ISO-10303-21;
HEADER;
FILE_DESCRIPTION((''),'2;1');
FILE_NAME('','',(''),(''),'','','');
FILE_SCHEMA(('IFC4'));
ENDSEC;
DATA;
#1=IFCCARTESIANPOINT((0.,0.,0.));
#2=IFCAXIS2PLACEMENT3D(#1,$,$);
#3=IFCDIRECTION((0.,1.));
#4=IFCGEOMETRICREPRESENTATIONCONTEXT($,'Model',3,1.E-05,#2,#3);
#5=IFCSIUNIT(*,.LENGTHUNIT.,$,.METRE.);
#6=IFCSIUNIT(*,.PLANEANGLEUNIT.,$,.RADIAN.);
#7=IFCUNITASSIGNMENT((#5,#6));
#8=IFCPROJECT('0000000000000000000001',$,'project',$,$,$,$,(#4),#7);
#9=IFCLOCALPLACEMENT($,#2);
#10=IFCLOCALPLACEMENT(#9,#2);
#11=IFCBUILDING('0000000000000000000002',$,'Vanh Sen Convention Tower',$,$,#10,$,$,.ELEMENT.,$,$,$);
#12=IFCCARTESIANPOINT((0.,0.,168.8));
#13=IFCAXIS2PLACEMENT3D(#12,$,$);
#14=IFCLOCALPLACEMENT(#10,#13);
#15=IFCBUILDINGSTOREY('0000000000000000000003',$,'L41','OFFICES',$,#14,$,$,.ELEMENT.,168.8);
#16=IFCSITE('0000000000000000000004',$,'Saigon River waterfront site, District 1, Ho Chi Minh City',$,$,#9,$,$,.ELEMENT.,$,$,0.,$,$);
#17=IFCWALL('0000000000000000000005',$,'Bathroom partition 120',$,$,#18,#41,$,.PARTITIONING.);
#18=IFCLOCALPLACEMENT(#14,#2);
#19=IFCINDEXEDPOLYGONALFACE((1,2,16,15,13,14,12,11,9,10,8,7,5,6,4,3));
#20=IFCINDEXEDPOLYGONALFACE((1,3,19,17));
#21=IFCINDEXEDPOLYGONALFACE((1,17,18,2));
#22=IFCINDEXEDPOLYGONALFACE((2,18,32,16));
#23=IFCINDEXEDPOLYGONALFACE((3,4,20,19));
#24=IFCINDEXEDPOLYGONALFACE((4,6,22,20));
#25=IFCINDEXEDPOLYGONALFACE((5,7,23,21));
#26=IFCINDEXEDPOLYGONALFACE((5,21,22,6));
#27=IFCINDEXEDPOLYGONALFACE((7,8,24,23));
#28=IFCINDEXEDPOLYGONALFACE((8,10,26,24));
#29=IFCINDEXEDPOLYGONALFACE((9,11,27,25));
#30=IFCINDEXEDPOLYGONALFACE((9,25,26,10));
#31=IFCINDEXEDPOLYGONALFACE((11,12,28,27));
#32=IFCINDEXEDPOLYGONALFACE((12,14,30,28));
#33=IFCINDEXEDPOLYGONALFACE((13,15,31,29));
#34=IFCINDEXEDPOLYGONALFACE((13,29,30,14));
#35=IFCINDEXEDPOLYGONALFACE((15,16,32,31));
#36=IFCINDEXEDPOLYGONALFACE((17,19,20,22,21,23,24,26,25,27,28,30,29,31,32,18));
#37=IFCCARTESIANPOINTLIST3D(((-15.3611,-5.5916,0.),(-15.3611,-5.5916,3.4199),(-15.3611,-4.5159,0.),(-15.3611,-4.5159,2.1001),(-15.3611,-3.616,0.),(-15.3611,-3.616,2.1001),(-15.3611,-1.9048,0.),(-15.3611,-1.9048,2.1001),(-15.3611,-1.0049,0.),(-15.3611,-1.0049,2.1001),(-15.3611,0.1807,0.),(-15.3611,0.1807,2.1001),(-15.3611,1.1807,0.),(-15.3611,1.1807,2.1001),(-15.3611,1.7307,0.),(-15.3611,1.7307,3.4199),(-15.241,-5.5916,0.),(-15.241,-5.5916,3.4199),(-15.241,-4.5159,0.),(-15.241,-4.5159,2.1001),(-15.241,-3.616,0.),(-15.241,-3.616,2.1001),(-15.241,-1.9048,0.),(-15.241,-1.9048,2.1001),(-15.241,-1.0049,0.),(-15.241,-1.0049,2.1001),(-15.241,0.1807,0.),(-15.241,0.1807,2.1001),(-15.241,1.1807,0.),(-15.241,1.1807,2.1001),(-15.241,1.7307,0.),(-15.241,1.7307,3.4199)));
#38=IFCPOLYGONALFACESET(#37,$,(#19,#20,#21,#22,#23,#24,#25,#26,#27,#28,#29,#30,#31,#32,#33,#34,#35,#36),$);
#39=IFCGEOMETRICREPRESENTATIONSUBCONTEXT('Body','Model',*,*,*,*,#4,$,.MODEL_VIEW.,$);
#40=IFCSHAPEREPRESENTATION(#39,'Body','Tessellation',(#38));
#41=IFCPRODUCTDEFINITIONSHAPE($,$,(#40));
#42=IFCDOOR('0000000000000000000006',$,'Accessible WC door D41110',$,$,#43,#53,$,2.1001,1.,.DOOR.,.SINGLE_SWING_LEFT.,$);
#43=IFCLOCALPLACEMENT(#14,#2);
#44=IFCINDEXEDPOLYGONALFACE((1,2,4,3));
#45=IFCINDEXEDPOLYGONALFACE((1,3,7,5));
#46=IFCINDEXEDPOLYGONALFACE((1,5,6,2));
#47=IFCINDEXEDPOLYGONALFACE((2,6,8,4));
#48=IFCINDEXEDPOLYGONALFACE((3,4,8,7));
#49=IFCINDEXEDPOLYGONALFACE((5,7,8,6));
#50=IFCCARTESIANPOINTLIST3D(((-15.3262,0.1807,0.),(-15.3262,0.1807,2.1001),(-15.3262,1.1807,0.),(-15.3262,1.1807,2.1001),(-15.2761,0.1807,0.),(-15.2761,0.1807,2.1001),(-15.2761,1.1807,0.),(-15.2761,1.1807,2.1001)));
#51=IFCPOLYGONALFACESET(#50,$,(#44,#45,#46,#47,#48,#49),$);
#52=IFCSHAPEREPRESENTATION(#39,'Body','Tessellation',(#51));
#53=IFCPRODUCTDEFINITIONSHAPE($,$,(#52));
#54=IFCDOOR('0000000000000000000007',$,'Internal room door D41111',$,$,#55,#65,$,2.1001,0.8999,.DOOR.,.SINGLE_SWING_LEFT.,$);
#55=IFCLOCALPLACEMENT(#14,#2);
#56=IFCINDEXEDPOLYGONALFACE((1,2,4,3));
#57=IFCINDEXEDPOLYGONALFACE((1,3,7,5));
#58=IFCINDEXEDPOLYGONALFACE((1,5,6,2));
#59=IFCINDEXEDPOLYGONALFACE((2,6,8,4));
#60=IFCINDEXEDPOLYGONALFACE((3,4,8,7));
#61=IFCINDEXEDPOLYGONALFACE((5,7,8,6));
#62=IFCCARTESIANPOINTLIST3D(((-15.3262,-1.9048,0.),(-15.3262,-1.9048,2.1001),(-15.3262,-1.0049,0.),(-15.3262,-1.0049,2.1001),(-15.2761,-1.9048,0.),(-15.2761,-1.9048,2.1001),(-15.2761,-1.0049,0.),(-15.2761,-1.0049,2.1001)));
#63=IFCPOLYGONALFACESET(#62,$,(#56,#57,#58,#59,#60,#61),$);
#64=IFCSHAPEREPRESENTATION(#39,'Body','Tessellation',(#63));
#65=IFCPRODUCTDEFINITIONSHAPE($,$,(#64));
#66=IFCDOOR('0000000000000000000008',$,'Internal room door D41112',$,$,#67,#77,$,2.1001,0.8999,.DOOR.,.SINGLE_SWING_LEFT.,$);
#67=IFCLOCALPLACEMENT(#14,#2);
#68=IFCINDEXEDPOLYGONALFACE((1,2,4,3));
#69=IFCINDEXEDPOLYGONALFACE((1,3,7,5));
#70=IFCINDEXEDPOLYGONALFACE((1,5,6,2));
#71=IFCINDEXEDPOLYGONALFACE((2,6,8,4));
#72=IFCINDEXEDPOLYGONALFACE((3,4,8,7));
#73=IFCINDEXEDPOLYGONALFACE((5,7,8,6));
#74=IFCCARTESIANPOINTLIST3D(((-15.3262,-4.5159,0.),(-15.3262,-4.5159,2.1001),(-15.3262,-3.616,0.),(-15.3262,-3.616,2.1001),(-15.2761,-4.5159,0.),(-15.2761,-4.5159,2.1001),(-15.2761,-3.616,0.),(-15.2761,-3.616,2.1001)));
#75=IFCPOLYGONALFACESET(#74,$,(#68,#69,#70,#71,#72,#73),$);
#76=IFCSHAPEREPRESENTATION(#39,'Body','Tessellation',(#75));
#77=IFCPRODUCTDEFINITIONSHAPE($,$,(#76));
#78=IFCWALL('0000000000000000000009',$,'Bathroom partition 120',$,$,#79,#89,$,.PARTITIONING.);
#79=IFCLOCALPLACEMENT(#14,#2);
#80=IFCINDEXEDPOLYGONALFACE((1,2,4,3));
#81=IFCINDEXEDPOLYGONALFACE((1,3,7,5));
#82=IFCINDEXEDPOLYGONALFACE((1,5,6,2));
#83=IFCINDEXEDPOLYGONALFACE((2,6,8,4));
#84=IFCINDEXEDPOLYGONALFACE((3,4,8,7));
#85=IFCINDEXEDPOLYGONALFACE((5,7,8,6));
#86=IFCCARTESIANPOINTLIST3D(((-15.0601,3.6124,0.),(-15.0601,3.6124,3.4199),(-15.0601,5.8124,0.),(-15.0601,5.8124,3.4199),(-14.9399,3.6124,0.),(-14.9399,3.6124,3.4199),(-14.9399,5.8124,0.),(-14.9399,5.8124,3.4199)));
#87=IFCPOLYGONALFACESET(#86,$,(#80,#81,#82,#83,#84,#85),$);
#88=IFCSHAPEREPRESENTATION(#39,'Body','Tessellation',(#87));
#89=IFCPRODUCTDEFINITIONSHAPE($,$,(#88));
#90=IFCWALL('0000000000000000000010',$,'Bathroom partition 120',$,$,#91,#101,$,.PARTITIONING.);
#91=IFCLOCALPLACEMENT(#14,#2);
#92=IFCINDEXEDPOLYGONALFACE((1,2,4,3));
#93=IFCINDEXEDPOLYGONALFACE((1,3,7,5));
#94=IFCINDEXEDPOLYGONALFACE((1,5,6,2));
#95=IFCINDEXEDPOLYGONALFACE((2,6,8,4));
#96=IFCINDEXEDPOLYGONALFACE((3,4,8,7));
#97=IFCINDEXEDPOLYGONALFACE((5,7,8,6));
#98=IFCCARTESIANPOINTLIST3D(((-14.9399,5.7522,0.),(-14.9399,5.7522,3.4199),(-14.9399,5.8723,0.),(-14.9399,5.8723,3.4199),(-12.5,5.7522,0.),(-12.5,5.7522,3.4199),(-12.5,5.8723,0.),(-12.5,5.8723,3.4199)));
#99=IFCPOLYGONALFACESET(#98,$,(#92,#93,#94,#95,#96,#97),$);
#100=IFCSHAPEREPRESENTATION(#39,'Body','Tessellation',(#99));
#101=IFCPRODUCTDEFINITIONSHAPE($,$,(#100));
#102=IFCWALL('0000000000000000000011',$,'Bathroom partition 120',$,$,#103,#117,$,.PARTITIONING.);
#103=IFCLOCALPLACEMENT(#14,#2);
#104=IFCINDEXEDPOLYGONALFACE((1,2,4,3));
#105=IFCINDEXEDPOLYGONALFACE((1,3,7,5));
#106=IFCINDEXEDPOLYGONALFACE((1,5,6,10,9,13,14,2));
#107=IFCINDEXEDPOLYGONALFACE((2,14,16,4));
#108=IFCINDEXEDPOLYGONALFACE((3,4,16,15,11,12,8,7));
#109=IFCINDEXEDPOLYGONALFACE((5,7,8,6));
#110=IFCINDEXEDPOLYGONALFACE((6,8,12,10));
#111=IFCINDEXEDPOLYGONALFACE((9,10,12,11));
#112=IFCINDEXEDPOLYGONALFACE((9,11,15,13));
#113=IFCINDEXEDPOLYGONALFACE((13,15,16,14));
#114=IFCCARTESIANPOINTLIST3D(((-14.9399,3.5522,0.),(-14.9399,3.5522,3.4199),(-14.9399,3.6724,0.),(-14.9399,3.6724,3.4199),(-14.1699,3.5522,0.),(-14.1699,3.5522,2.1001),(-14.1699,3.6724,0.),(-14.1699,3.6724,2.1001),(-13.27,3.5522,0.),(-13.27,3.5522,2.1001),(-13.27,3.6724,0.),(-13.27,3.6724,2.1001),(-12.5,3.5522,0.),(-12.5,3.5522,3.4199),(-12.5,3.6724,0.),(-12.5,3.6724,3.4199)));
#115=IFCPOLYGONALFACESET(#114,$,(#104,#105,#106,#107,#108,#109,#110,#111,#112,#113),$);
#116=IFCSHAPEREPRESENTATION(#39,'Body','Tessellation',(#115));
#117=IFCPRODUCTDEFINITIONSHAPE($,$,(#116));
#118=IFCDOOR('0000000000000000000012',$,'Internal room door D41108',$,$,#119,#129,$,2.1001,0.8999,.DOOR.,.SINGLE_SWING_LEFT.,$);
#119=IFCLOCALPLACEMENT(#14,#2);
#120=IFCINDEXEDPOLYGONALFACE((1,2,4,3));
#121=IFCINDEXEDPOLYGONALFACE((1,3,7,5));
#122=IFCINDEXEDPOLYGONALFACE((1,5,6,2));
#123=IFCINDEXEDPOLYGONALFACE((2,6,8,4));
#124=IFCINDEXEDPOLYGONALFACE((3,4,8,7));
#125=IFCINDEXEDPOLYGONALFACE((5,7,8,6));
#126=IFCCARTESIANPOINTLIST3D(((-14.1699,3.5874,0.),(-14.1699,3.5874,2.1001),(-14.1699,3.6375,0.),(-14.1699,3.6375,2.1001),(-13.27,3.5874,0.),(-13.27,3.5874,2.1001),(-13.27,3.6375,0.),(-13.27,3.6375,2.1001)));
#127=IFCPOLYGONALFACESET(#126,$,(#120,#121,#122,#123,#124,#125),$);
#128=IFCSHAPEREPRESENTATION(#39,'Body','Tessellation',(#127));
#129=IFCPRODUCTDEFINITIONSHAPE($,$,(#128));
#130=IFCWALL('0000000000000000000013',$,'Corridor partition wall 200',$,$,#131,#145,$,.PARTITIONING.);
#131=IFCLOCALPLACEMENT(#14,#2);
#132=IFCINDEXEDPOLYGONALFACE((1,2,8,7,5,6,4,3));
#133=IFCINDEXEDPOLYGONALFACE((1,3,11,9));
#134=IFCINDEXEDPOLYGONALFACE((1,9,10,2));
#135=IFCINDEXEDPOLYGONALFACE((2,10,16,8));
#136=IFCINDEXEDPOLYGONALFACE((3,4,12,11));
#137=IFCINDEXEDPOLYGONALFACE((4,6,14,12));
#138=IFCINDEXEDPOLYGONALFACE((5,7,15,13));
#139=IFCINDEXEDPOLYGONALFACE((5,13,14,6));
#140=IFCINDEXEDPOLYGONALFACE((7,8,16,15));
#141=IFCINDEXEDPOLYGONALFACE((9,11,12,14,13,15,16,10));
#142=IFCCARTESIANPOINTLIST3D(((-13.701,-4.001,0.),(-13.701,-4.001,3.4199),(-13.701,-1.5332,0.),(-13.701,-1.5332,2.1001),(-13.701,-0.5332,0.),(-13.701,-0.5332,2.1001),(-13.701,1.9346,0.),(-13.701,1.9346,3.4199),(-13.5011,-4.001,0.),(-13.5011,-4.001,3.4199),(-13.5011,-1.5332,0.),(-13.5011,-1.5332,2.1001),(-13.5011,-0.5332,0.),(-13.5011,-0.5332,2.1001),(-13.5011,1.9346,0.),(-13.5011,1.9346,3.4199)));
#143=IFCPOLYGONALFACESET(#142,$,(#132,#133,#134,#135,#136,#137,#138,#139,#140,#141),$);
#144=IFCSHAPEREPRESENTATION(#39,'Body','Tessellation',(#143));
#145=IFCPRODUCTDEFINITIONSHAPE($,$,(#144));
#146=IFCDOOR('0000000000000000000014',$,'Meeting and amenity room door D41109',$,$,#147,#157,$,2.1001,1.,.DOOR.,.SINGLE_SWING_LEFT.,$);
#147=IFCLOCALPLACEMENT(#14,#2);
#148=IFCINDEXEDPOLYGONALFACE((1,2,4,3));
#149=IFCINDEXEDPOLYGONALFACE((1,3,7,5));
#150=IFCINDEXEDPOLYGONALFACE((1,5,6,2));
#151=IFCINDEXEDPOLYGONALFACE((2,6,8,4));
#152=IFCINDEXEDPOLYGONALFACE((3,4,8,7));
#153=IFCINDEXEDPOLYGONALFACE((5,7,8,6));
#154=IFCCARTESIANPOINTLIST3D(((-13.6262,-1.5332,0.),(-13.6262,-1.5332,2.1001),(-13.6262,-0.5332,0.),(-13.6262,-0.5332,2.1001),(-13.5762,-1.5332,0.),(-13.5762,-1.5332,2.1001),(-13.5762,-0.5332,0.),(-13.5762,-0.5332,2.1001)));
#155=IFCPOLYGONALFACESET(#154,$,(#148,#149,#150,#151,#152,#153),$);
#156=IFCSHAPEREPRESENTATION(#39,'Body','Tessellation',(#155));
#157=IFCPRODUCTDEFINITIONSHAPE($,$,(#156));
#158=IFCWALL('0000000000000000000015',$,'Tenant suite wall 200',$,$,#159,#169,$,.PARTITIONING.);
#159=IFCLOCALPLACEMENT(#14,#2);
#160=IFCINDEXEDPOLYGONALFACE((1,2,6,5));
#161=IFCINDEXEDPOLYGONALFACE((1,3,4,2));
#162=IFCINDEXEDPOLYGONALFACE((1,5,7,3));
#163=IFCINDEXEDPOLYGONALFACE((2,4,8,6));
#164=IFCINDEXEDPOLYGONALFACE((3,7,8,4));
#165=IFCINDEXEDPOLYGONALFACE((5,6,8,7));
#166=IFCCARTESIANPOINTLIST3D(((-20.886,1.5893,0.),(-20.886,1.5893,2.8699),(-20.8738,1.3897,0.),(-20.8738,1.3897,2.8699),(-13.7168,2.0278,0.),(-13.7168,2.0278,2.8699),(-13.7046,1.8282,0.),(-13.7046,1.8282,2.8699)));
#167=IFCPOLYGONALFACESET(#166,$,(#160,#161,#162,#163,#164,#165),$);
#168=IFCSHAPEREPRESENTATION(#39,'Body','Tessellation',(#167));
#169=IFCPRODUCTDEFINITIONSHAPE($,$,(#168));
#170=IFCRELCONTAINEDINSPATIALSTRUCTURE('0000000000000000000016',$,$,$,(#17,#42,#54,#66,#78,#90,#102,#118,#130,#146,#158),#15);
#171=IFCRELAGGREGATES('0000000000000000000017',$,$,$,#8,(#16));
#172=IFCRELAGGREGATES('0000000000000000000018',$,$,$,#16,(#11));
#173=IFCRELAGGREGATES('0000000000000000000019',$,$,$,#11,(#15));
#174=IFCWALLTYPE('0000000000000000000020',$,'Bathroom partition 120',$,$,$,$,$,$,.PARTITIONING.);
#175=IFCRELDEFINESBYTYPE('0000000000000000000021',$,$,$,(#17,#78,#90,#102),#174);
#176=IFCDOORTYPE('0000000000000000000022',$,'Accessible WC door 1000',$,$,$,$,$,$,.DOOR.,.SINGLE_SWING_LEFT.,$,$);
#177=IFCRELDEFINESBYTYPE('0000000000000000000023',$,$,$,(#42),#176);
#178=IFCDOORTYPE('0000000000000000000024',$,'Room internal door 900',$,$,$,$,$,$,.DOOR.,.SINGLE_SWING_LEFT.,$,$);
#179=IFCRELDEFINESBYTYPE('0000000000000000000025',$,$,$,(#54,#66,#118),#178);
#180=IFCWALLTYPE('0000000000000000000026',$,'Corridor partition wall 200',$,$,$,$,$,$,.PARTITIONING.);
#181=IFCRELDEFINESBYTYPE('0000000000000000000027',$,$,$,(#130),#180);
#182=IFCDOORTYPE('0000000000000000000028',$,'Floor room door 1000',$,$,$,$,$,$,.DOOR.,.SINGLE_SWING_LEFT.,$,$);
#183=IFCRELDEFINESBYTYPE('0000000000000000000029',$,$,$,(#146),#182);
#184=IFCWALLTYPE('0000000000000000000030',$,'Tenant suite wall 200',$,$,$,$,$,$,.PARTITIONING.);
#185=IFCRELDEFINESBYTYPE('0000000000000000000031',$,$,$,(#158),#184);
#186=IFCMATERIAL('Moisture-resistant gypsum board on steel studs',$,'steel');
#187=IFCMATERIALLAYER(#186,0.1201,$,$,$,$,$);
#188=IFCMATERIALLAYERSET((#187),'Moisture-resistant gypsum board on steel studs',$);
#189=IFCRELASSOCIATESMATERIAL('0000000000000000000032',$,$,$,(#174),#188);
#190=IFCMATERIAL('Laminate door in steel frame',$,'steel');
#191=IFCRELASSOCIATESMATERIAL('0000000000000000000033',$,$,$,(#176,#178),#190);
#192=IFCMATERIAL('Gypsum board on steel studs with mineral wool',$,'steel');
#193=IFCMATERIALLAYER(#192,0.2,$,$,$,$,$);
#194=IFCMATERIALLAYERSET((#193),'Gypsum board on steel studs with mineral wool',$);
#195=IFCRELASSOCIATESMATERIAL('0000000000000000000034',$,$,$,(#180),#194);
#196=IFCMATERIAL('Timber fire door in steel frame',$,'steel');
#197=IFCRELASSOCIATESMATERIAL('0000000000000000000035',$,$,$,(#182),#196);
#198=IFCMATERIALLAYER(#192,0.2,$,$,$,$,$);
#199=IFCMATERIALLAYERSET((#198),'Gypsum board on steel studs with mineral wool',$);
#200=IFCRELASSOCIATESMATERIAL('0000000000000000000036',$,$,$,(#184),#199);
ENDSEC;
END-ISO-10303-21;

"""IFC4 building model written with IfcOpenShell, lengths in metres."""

from ifc_helpers import new_model, si_unit, direction, frame, frame_2d, origin, place, context, subcontext, project, spatial, rectangle, extrude, material, layer, layer_set, type_object, element, fill, save


model = new_model("IFC4")

# Units and contexts
model_context = context("Model", 3, precision=1e-05, world=origin(), true_north=direction((0.0, 1.0)))
body_context = subcontext(model_context, "Body", "Model", "MODEL_VIEW")
ifc_project = project(units=[si_unit("LENGTHUNIT", "METRE"), si_unit("PLANEANGLEUNIT", "RADIAN")], contexts=[model_context])

# Site, building, storey
site_placement = place(None, origin())
site = spatial("IfcSite", under=ifc_project, at=site_placement, Name="Saigon River waterfront site, District 1, Ho Chi Minh City", CompositionType="ELEMENT", RefElevation=0.0)
building_placement = place(site_placement, origin())
building = spatial("IfcBuilding", under=site, at=building_placement, Name="Vanh Sen Convention Tower", CompositionType="ELEMENT")
storey_placement = place(building_placement, frame((0.0, 0.0, 168.8)))
storey = spatial("IfcBuildingStorey", under=building, at=storey_placement, Name="L41", Description="OFFICES", CompositionType="ELEMENT", Elevation=168.8)

# Shared definitions
ifc_material_1 = material(Name="Moisture-resistant gypsum board on steel studs", Category="steel")
ifc_layer_1 = layer(ifc_material_1, 0.1201)
ifc_layer_set_1 = layer_set([ifc_layer_1], Name="Moisture-resistant gypsum board on steel studs")
wall_type_1 = type_object("IfcWallType", Name="Bathroom partition 120", PredefinedType="PARTITIONING", material=ifc_layer_set_1)

# Wall, openings, doors
wall_1_placement = place(storey_placement, frame((-15.301, 1.7307, 0.0), z_axis=(0.0, 0.0, 1.0), x_axis=(0.0, -1.0, 0.0)))
wall_1 = element("IfcWall", 1, at=wall_1_placement, inside=storey, type_object=wall_type_1, Name="Bathroom partition 120", PredefinedType="PARTITIONING", context=body_context, shape_type="SweptSolid", body=[
    extrude(rectangle(XDim=7.3223, YDim=0.1201, at=frame_2d((3.6611, 0.0))), origin(), (0.0, 0.0, 1.0), 3.4199),
])
opening_1_placement = place(wall_1_placement, frame((0.55, 0.0, 0.0)))
opening_1 = element("IfcOpeningElement", 2, at=opening_1_placement, cuts=wall_1, PredefinedType="OPENING", context=body_context, shape_type="SweptSolid", body=[
    extrude(rectangle(XDim=1.0, YDim=2.1001, at=frame_2d((0.5, 1.05))), frame((0.0, 0.0701, 0.0), z_axis=(0.0, -1.0, 0.0), x_axis=(1.0, 0.0, 0.0)), (0.0, 0.0, 1.0), 0.1401),
])
opening_2_placement = place(wall_1_placement, frame((2.7356, 0.0, 0.0)))
opening_2 = element("IfcOpeningElement", 3, at=opening_2_placement, cuts=wall_1, PredefinedType="OPENING", context=body_context, shape_type="SweptSolid", body=[
    extrude(rectangle(XDim=0.8999, YDim=2.1001, at=frame_2d((0.45, 1.05))), frame((0.0, 0.0701, 0.0), z_axis=(0.0, -1.0, 0.0), x_axis=(1.0, 0.0, 0.0)), (0.0, 0.0, 1.0), 0.1401),
])
opening_3_placement = place(wall_1_placement, frame((5.3467, 0.0, 0.0)))
opening_3 = element("IfcOpeningElement", 4, at=opening_3_placement, cuts=wall_1, PredefinedType="OPENING", context=body_context, shape_type="SweptSolid", body=[
    extrude(rectangle(XDim=0.8999, YDim=2.1001, at=frame_2d((0.45, 1.05))), frame((0.0, 0.0701, 0.0), z_axis=(0.0, -1.0, 0.0), x_axis=(1.0, 0.0, 0.0)), (0.0, 0.0, 1.0), 0.1401),
])
ifc_material_2 = material(Name="Laminate door in steel frame", Category="steel")
door_type_1 = type_object("IfcDoorType", Name="Accessible WC door 1000", OperationType="SINGLE_SWING_LEFT", PredefinedType="DOOR", material=ifc_material_2)
door_1_placement = place(opening_1_placement, origin())
door_1 = element("IfcDoor", 5, at=door_1_placement, inside=storey, type_object=door_type_1, Name="Accessible WC door D41110", OperationType="SINGLE_SWING_LEFT", OverallHeight=2.1001, OverallWidth=1.0, PredefinedType="DOOR", context=body_context, shape_type="SweptSolid", body=[
    extrude(rectangle(XDim=1.0, YDim=2.1001, at=frame_2d((0.5, 1.05))), frame((0.0, 0.0249, 0.0), z_axis=(0.0, -1.0, 0.0), x_axis=(1.0, 0.0, 0.0)), (0.0, 0.0, 1.0), 0.05),
])
fill(opening_1, door_1)
door_type_2 = type_object("IfcDoorType", Name="Room internal door 900", OperationType="SINGLE_SWING_LEFT", PredefinedType="DOOR", material=ifc_material_2)
door_2_placement = place(opening_2_placement, origin())
door_2 = element("IfcDoor", 6, at=door_2_placement, inside=storey, type_object=door_type_2, Name="Internal room door D41111", OperationType="SINGLE_SWING_LEFT", OverallHeight=2.1001, OverallWidth=0.8999, PredefinedType="DOOR", context=body_context, shape_type="SweptSolid", body=[
    extrude(rectangle(XDim=0.8999, YDim=2.1001, at=frame_2d((0.45, 1.05))), frame((0.0, 0.0249, 0.0), z_axis=(0.0, -1.0, 0.0), x_axis=(1.0, 0.0, 0.0)), (0.0, 0.0, 1.0), 0.05),
])
fill(opening_2, door_2)
door_3_placement = place(opening_3_placement, origin())
door_3 = element("IfcDoor", 7, at=door_3_placement, inside=storey, type_object=door_type_2, Name="Internal room door D41112", OperationType="SINGLE_SWING_LEFT", OverallHeight=2.1001, OverallWidth=0.8999, PredefinedType="DOOR", context=body_context, shape_type="SweptSolid", body=[
    extrude(rectangle(XDim=0.8999, YDim=2.1001, at=frame_2d((0.45, 1.05))), frame((0.0, 0.0249, 0.0), z_axis=(0.0, -1.0, 0.0), x_axis=(1.0, 0.0, 0.0)), (0.0, 0.0, 1.0), 0.05),
])
fill(opening_3, door_3)

# Walls
wall_2_placement = place(storey_placement, frame((-15.0, 3.6123, 0.0), z_axis=(0.0, 0.0, 1.0), x_axis=(0.0, 1.0, 0.0)))
element("IfcWall", 8, at=wall_2_placement, inside=storey, type_object=wall_type_1, Name="Bathroom partition 120", PredefinedType="PARTITIONING", context=body_context, shape_type="SweptSolid", body=[
    extrude(rectangle(XDim=2.2, YDim=0.1201, at=frame_2d((1.1001, 0.0))), origin(), (0.0, 0.0, 1.0), 3.4199),
])
wall_3_placement = place(storey_placement, frame((-14.9399, 5.8123, 0.0), z_axis=(0.0, 0.0, 1.0), x_axis=(1.0, 0.0, 0.0)))
element("IfcWall", 9, at=wall_3_placement, inside=storey, type_object=wall_type_1, Name="Bathroom partition 120", PredefinedType="PARTITIONING", context=body_context, shape_type="SweptSolid", body=[
    extrude(rectangle(XDim=2.4399, YDim=0.1201, at=frame_2d((1.22, 0.0))), origin(), (0.0, 0.0, 1.0), 3.4199),
])

# Walls, openings, doors
wall_4_placement = place(storey_placement, frame((-12.5, 3.6123, 0.0), z_axis=(0.0, 0.0, 1.0), x_axis=(-1.0, 0.0, 0.0)))
wall_4 = element("IfcWall", 10, at=wall_4_placement, inside=storey, type_object=wall_type_1, Name="Bathroom partition 120", PredefinedType="PARTITIONING", context=body_context, shape_type="SweptSolid", body=[
    extrude(rectangle(XDim=2.4399, YDim=0.1201, at=frame_2d((1.22, 0.0))), origin(), (0.0, 0.0, 1.0), 3.4199),
])
opening_4_placement = place(wall_4_placement, frame((0.77, 0.0, 0.0)))
opening_4 = element("IfcOpeningElement", 11, at=opening_4_placement, cuts=wall_4, PredefinedType="OPENING", context=body_context, shape_type="SweptSolid", body=[
    extrude(rectangle(XDim=0.8999, YDim=2.1001, at=frame_2d((0.45, 1.05))), frame((0.0, 0.0701, 0.0), z_axis=(0.0, -1.0, 0.0), x_axis=(1.0, 0.0, 0.0)), (0.0, 0.0, 1.0), 0.1401),
])
door_4_placement = place(opening_4_placement, origin())
door_4 = element("IfcDoor", 12, at=door_4_placement, inside=storey, type_object=door_type_2, Name="Internal room door D41108", OperationType="SINGLE_SWING_LEFT", OverallHeight=2.1001, OverallWidth=0.8999, PredefinedType="DOOR", context=body_context, shape_type="SweptSolid", body=[
    extrude(rectangle(XDim=0.8999, YDim=2.1001, at=frame_2d((0.45, 1.05))), frame((0.0, 0.0249, 0.0), z_axis=(0.0, -1.0, 0.0), x_axis=(1.0, 0.0, 0.0)), (0.0, 0.0, 1.0), 0.05),
])
fill(opening_4, door_4)
ifc_material_3 = material(Name="Gypsum board on steel studs with mineral wool", Category="steel")
ifc_layer_2 = layer(ifc_material_3, 0.2)
ifc_layer_set_2 = layer_set([ifc_layer_2], Name="Gypsum board on steel studs with mineral wool")
wall_type_2 = type_object("IfcWallType", Name="Corridor partition wall 200", PredefinedType="PARTITIONING", material=ifc_layer_set_2)
wall_5_placement = place(storey_placement, frame((-13.6011, 1.9346, 0.0), z_axis=(0.0, 0.0, 1.0), x_axis=(0.0, -1.0, 0.0)))
wall_5 = element("IfcWall", 13, at=wall_5_placement, inside=storey, type_object=wall_type_2, Name="Corridor partition wall 200", PredefinedType="PARTITIONING", context=body_context, shape_type="SweptSolid", body=[
    extrude(rectangle(XDim=5.9355, YDim=0.2, at=frame_2d((2.9678, 0.0))), origin(), (0.0, 0.0, 1.0), 3.4199),
])
opening_5_placement = place(wall_5_placement, frame((2.4678, 0.0, 0.0)))
opening_5 = element("IfcOpeningElement", 14, at=opening_5_placement, cuts=wall_5, PredefinedType="OPENING", context=body_context, shape_type="SweptSolid", body=[
    extrude(rectangle(XDim=1.0, YDim=2.1001, at=frame_2d((0.5, 1.05))), frame((0.0, 0.1099, 0.0), z_axis=(0.0, -1.0, 0.0), x_axis=(1.0, 0.0, 0.0)), (0.0, 0.0, 1.0), 0.22),
])
ifc_material_4 = material(Name="Timber fire door in steel frame", Category="steel")
door_type_3 = type_object("IfcDoorType", Name="Floor room door 1000", OperationType="SINGLE_SWING_LEFT", PredefinedType="DOOR", material=ifc_material_4)
door_5_placement = place(opening_5_placement, origin())
door_5 = element("IfcDoor", 15, at=door_5_placement, inside=storey, type_object=door_type_3, Name="Meeting and amenity room door D41109", OperationType="SINGLE_SWING_LEFT", OverallHeight=2.1001, OverallWidth=1.0, PredefinedType="DOOR", context=body_context, shape_type="SweptSolid", body=[
    extrude(rectangle(XDim=1.0, YDim=2.1001, at=frame_2d((0.5, 1.05))), frame((0.0, 0.0249, 0.0), z_axis=(0.0, -1.0, 0.0), x_axis=(1.0, 0.0, 0.0)), (0.0, 0.0, 1.0), 0.05),
])
fill(opening_5, door_5)

# Wall
ifc_layer_3 = layer(ifc_material_3, 0.2)
ifc_layer_set_3 = layer_set([ifc_layer_3], Name="Gypsum board on steel studs with mineral wool")
wall_type_3 = type_object("IfcWallType", Name="Tenant suite wall 200", PredefinedType="PARTITIONING", material=ifc_layer_set_3)
wall_6_placement = place(storey_placement, frame((-20.8799, 1.4895, 0.0), z_axis=(0.0, 0.0, 1.0), x_axis=(0.998135, 0.061047, 0.0)))
element("IfcWall", 16, at=wall_6_placement, inside=storey, type_object=wall_type_3, Name="Tenant suite wall 200", PredefinedType="PARTITIONING", context=body_context, shape_type="SweptSolid", body=[
    extrude(rectangle(XDim=7.1826, YDim=0.2, at=frame_2d((3.5913, 0.0))), origin(), (0.0, 0.0, 1.0), 2.8699),
])

save(model, "model.ifc")
